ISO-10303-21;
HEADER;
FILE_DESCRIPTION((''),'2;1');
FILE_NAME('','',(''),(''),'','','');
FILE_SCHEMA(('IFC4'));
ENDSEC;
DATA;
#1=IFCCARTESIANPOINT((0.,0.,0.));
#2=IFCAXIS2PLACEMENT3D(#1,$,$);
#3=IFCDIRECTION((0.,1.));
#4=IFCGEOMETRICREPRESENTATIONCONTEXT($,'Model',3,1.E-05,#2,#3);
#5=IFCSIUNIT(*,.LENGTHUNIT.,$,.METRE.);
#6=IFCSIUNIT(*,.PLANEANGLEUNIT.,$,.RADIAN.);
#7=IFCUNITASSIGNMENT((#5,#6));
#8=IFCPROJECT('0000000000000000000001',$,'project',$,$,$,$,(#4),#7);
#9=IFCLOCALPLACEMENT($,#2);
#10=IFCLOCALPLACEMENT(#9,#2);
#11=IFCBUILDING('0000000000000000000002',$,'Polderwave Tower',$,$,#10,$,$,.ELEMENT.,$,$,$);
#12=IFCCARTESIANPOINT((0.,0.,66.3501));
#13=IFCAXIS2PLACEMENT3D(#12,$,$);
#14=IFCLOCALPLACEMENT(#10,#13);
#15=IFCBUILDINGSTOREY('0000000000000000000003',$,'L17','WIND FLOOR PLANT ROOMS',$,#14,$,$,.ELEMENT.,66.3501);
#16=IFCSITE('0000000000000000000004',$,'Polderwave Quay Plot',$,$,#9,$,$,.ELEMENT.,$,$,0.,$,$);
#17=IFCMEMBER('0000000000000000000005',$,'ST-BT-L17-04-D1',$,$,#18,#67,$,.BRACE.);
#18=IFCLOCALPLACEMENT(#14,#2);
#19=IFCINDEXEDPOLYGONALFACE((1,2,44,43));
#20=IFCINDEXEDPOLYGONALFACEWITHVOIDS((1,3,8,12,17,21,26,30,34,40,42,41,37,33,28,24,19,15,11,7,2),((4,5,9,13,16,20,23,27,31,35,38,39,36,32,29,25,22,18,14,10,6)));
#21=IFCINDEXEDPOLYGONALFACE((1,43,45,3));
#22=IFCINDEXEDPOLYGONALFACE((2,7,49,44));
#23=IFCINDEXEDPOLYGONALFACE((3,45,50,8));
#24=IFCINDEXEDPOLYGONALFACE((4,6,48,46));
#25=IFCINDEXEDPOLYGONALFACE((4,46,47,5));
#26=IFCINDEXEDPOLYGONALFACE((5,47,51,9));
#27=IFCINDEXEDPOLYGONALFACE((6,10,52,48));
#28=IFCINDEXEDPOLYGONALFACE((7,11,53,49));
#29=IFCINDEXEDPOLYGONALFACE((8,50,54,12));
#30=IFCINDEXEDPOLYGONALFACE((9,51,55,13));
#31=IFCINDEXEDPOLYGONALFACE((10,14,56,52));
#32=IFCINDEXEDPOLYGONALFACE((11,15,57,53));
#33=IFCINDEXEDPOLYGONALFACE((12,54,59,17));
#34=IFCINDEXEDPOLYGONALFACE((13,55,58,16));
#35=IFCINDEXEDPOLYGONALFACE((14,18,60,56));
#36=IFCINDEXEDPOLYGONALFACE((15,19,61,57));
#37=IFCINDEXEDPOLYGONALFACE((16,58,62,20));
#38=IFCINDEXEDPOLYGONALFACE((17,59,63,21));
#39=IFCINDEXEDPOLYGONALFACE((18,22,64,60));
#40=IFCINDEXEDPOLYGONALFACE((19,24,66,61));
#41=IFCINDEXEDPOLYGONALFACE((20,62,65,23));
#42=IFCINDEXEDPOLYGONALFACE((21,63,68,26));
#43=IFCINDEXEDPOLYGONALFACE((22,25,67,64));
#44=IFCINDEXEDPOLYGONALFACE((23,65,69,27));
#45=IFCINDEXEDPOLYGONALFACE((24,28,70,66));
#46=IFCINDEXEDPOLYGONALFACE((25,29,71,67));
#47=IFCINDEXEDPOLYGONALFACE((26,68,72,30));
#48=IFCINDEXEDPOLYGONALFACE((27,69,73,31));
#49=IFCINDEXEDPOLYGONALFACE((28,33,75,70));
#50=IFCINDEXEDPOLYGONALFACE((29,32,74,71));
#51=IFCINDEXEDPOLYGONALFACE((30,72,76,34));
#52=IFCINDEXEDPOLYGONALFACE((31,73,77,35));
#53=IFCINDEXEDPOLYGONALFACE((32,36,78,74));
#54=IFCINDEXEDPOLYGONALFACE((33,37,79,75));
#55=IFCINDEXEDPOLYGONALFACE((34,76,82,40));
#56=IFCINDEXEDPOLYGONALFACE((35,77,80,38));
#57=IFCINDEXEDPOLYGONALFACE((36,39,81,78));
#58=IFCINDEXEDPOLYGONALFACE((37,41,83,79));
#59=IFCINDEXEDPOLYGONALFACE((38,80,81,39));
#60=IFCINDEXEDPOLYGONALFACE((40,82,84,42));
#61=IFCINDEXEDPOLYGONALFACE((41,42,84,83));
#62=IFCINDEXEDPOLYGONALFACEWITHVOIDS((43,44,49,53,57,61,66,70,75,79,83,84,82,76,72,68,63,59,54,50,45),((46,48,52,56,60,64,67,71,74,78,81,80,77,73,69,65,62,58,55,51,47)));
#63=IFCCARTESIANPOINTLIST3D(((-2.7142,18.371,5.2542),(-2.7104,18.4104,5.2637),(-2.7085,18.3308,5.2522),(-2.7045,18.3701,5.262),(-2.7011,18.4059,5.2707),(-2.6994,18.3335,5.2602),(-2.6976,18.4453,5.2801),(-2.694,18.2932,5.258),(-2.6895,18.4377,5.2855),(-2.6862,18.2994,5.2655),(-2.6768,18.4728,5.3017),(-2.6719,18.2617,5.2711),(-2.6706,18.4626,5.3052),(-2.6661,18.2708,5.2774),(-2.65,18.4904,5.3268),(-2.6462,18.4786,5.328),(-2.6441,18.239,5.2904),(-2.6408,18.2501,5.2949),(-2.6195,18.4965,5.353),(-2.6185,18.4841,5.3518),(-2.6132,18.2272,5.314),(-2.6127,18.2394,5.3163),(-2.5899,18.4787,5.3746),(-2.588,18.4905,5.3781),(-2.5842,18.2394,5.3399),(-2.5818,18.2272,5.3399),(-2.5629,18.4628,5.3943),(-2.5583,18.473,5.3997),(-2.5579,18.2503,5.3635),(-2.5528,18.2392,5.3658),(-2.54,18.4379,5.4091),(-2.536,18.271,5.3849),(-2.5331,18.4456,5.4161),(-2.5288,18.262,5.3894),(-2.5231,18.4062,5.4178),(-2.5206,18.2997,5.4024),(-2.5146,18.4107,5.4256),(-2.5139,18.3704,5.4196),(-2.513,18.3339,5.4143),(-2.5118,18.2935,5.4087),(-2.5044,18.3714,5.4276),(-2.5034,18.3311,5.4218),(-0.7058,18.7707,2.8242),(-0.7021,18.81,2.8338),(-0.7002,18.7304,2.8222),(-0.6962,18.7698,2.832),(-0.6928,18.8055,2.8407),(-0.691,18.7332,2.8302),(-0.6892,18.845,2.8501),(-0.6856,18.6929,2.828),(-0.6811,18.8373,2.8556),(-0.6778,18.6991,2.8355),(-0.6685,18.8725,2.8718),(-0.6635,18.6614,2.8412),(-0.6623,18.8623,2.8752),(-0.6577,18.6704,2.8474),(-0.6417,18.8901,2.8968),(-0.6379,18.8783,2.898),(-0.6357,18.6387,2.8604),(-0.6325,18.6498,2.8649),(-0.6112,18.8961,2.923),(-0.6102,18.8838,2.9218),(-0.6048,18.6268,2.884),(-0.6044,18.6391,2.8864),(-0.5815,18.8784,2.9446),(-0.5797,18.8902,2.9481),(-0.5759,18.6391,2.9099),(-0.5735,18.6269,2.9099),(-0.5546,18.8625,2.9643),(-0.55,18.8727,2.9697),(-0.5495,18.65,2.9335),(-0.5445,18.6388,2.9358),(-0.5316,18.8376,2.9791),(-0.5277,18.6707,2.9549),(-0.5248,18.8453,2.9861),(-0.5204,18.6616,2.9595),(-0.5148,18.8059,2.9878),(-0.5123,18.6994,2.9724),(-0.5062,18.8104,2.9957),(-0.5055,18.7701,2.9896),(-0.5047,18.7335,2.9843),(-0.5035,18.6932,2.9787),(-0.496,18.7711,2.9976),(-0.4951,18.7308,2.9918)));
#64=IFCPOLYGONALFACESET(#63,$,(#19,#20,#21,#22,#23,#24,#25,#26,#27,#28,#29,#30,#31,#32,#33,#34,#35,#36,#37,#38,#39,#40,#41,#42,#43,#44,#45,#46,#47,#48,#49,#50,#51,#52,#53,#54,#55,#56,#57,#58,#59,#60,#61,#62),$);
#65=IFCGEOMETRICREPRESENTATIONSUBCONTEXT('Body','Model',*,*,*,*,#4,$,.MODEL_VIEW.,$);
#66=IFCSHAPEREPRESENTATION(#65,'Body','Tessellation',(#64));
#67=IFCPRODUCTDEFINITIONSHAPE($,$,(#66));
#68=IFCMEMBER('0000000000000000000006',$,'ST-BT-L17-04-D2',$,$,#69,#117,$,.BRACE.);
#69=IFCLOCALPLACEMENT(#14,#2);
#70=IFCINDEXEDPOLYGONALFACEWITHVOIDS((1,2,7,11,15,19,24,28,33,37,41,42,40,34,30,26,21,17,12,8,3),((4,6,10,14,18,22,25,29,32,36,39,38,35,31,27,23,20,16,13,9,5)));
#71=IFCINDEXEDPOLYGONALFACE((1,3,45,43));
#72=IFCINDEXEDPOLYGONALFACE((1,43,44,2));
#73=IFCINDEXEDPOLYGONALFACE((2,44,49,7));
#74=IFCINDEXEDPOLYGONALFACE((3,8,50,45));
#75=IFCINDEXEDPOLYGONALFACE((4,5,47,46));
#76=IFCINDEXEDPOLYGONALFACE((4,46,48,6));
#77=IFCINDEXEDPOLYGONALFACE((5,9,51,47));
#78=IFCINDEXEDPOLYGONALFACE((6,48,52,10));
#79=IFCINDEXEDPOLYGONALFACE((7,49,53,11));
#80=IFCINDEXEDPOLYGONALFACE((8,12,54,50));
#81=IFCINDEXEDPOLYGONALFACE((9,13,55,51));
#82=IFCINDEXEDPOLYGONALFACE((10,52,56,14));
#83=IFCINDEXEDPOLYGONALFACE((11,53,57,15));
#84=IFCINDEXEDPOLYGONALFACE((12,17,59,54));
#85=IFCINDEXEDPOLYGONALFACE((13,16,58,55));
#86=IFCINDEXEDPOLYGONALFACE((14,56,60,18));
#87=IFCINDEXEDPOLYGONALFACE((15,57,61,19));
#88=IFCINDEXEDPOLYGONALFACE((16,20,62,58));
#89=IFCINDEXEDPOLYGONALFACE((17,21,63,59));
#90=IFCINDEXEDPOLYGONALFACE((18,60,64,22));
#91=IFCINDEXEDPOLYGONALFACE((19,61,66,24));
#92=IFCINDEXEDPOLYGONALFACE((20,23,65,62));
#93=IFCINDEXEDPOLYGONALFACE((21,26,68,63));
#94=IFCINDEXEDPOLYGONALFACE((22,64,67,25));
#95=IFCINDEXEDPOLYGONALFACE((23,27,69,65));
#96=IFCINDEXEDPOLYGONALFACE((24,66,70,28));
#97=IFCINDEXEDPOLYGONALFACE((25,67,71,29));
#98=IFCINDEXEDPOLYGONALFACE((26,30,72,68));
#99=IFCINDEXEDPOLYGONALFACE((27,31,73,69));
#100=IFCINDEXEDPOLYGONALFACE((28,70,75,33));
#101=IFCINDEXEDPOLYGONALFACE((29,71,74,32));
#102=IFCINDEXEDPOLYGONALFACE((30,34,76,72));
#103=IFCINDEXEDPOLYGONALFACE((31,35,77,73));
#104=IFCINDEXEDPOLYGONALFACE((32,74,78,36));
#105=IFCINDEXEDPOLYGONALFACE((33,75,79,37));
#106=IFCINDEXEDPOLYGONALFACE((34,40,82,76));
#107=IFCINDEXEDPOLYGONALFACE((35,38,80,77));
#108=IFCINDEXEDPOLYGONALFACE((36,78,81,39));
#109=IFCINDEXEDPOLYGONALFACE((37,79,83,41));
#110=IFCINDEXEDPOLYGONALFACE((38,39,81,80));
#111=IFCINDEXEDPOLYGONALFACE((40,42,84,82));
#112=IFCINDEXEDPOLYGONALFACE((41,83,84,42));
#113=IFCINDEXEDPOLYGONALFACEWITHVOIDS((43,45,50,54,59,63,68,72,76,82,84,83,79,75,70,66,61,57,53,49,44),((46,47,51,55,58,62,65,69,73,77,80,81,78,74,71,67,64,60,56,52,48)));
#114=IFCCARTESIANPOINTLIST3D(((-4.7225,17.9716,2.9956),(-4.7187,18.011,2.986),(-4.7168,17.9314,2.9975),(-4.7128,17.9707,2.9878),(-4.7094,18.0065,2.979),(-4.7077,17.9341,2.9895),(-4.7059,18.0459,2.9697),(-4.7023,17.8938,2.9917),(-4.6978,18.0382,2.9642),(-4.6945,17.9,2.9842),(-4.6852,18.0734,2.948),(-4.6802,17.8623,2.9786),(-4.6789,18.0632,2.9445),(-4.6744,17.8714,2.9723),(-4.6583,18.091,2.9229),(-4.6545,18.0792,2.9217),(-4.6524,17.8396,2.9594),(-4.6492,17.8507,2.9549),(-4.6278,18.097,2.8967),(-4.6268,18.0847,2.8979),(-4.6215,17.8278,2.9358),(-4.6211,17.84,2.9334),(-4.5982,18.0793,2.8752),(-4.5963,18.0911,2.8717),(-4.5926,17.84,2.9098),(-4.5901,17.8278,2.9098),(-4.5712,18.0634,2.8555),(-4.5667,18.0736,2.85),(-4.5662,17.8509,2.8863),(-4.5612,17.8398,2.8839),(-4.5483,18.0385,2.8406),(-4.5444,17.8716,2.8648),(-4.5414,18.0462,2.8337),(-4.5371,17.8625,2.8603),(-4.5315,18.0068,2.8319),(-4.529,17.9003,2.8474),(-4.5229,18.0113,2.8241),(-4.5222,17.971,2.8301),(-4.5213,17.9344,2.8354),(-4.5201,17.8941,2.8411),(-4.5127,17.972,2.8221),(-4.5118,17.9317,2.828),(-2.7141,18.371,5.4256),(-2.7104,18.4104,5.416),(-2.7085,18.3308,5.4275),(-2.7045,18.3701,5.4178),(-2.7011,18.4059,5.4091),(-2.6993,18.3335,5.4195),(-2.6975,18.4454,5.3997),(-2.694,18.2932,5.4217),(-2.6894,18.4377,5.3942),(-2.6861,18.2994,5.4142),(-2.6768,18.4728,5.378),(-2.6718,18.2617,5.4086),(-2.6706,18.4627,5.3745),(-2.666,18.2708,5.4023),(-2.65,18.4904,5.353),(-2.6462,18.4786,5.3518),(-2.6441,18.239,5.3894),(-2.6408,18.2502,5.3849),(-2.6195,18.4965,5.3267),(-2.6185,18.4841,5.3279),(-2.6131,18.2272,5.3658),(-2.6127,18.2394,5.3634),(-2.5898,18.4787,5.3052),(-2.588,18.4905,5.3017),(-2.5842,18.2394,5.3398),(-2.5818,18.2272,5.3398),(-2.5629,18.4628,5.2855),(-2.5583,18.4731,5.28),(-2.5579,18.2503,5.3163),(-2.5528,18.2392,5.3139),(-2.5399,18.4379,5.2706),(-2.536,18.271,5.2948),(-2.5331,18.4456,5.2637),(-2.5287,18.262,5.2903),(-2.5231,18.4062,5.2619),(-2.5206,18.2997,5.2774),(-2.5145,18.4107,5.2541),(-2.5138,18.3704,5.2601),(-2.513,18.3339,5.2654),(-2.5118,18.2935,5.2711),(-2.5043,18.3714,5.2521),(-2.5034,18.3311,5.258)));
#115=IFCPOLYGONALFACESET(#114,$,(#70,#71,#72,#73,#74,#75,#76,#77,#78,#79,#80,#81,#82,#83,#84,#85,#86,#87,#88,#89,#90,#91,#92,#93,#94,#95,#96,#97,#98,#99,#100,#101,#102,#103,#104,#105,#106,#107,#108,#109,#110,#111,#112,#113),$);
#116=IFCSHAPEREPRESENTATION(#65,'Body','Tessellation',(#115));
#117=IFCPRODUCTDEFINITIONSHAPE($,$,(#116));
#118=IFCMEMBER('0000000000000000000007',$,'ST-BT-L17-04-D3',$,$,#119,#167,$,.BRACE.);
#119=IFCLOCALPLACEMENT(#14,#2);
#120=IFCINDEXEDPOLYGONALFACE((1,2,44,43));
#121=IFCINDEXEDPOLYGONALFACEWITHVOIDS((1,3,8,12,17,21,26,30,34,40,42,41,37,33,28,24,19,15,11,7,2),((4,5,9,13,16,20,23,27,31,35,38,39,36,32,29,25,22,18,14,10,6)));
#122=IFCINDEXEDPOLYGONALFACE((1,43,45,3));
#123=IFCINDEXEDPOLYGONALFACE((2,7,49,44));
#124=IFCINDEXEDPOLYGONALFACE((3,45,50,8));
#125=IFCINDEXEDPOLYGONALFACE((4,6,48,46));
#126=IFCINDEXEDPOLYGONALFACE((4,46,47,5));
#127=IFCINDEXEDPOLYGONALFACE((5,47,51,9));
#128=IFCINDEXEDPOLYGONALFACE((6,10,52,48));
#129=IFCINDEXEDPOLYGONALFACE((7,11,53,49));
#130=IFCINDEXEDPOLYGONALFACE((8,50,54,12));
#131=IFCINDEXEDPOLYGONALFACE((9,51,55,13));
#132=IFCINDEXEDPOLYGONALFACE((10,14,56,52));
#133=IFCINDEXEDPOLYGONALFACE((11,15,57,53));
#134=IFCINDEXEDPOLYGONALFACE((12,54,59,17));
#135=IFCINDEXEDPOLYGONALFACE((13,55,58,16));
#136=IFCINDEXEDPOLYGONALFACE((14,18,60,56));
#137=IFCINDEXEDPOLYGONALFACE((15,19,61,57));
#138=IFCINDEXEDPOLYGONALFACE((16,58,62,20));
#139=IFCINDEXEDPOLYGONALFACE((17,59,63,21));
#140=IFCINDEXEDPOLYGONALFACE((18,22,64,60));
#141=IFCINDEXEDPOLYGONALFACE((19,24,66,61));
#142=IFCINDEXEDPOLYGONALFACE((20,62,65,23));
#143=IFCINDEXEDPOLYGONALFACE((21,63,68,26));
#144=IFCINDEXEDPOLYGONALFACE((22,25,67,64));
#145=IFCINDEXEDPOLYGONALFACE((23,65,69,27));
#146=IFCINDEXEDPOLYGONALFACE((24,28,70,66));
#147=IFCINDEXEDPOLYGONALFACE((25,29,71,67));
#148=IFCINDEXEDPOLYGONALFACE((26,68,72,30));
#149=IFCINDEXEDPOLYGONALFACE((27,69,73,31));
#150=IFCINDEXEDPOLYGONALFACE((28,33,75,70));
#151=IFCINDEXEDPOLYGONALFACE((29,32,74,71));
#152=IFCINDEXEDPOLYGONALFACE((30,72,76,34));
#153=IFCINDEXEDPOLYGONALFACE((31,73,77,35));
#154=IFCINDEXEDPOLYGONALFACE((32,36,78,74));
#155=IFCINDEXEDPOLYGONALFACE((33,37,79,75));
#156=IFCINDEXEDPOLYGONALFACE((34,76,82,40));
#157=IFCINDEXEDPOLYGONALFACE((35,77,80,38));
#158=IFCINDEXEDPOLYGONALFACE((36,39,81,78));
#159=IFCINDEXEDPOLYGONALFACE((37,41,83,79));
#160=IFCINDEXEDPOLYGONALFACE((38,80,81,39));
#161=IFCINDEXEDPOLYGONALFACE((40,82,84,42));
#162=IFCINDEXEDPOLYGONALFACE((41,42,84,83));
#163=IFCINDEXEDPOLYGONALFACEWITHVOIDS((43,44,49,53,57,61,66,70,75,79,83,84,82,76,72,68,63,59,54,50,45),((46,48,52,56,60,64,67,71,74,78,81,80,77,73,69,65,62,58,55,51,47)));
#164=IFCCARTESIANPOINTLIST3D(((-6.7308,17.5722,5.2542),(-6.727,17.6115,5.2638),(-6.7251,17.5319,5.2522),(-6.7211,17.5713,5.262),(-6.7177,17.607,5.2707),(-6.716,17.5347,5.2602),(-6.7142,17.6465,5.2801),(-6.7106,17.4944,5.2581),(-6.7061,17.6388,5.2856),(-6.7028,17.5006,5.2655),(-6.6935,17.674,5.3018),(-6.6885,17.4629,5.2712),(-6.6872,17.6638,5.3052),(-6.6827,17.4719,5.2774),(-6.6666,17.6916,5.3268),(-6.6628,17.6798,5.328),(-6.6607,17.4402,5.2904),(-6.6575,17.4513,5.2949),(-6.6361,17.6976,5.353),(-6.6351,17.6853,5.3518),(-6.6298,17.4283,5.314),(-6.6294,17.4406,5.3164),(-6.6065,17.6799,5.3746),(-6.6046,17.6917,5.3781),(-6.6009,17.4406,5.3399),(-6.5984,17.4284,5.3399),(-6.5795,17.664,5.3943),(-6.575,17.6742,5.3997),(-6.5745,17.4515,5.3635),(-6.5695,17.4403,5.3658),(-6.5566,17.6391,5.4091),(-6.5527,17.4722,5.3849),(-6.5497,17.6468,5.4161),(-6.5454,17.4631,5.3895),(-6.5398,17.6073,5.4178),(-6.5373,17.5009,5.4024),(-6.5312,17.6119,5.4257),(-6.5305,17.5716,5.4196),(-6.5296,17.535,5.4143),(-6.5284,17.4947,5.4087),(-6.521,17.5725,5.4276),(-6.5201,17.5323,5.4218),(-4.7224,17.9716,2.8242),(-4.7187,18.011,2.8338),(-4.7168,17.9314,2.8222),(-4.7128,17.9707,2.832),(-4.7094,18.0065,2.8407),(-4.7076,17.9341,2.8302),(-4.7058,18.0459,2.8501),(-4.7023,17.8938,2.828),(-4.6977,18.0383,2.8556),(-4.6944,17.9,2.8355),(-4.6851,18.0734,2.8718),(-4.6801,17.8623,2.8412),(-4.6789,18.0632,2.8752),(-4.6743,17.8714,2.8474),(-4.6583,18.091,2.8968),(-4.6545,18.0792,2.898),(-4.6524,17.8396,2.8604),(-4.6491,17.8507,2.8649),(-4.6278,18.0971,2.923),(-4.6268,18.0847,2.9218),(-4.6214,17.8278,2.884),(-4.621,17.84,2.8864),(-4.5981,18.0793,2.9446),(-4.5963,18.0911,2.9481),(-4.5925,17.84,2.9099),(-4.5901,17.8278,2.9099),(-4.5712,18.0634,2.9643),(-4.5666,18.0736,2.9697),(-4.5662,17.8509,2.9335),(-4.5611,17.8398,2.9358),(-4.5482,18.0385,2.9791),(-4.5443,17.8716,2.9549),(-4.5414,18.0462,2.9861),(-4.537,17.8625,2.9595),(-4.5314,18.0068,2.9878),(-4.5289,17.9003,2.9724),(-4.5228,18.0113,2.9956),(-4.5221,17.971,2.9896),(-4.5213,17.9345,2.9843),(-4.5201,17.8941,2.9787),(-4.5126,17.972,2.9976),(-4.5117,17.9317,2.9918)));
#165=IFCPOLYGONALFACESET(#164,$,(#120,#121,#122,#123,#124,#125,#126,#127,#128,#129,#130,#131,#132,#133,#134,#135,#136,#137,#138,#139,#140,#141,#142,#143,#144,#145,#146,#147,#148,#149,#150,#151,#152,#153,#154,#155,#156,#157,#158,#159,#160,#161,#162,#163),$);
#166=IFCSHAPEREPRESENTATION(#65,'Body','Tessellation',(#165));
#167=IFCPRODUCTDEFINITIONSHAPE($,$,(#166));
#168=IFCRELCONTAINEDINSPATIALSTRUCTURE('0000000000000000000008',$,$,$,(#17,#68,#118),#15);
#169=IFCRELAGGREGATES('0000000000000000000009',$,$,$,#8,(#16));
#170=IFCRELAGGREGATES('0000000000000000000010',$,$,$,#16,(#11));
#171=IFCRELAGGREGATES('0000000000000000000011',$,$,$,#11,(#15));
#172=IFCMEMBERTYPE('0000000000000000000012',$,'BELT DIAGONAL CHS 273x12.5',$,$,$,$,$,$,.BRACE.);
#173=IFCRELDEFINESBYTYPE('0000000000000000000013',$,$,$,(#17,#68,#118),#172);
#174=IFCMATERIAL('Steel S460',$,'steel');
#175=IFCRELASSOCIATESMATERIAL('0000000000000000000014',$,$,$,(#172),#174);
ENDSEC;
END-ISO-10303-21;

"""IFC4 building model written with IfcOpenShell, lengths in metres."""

from ifc_helpers import new_model, si_unit, direction, frame, origin, origin_2d, place, context, subcontext, project, spatial, hollow_circle, extrude, material, material_profile, profile_set, type_object, element, save


model = new_model("IFC4")

# Units and contexts
model_context = context("Model", 3, precision=1e-05, world=origin(), true_north=direction((0.0, 1.0)))
body_context = subcontext(model_context, "Body", "Model", "MODEL_VIEW")
ifc_project = project(units=[si_unit("LENGTHUNIT", "METRE"), si_unit("PLANEANGLEUNIT", "RADIAN")], contexts=[model_context])

# Site, building, storey
site_placement = place(None, origin())
site = spatial("IfcSite", under=ifc_project, at=site_placement, Name="Polderwave Quay Plot", CompositionType="ELEMENT", RefElevation=0.0)
building_placement = place(site_placement, origin())
building = spatial("IfcBuilding", under=site, at=building_placement, Name="Polderwave Tower", CompositionType="ELEMENT")
storey_placement = place(building_placement, frame((0.0, 0.0, 66.3501)))
storey = spatial("IfcBuildingStorey", under=building, at=storey_placement, Name="L17", Description="WIND FLOOR PLANT ROOMS", CompositionType="ELEMENT", Elevation=66.3501)

# Members
ifc_material_1 = material(Name="Steel S460", Category="steel")
ifc_material_profile_1 = material_profile(ifc_material_1, hollow_circle(Radius=0.1365, WallThickness=0.0125, at=origin_2d()), Name="CHS 273x12.5")
ifc_profile_set_1 = profile_set([ifc_material_profile_1], Name="Steel S460")
member_type_1 = type_object("IfcMemberType", Name="BELT DIAGONAL CHS 273x12.5", PredefinedType="BRACE", material=ifc_profile_set_1)
for number, where, z_axis, x_axis, name in (
    (1, (-0.6001, 18.7607, 2.9099), (-0.632005, -0.125771, 0.764691), (0.195176, -0.980768, 0.0), "ST-BT-L17-04-D1"),
    (2, (-2.6084, 18.3611, 5.3398), (-0.632011, -0.125695, -0.764698), (0.195061, -0.980791, 0.0), "ST-BT-L17-04-D2"),
    (3, (-4.6167, 17.9617, 2.9099), (-0.632011, -0.125695, 0.764698), (0.195061, -0.980791, 0.0), "ST-BT-L17-04-D3"),
):
    element("IfcMember", number, at=place(storey_placement, frame(where, z_axis=z_axis, x_axis=x_axis)), inside=storey, type_object=member_type_1, Name=name, PredefinedType="BRACE", context=body_context, shape_type="SweptSolid", body=[
        extrude(hollow_circle(Radius=0.1365, WallThickness=0.0125, at=origin_2d()), origin(), (0.0, 0.0, 1.0), 3.1777),
    ])

save(model, "model.ifc")
